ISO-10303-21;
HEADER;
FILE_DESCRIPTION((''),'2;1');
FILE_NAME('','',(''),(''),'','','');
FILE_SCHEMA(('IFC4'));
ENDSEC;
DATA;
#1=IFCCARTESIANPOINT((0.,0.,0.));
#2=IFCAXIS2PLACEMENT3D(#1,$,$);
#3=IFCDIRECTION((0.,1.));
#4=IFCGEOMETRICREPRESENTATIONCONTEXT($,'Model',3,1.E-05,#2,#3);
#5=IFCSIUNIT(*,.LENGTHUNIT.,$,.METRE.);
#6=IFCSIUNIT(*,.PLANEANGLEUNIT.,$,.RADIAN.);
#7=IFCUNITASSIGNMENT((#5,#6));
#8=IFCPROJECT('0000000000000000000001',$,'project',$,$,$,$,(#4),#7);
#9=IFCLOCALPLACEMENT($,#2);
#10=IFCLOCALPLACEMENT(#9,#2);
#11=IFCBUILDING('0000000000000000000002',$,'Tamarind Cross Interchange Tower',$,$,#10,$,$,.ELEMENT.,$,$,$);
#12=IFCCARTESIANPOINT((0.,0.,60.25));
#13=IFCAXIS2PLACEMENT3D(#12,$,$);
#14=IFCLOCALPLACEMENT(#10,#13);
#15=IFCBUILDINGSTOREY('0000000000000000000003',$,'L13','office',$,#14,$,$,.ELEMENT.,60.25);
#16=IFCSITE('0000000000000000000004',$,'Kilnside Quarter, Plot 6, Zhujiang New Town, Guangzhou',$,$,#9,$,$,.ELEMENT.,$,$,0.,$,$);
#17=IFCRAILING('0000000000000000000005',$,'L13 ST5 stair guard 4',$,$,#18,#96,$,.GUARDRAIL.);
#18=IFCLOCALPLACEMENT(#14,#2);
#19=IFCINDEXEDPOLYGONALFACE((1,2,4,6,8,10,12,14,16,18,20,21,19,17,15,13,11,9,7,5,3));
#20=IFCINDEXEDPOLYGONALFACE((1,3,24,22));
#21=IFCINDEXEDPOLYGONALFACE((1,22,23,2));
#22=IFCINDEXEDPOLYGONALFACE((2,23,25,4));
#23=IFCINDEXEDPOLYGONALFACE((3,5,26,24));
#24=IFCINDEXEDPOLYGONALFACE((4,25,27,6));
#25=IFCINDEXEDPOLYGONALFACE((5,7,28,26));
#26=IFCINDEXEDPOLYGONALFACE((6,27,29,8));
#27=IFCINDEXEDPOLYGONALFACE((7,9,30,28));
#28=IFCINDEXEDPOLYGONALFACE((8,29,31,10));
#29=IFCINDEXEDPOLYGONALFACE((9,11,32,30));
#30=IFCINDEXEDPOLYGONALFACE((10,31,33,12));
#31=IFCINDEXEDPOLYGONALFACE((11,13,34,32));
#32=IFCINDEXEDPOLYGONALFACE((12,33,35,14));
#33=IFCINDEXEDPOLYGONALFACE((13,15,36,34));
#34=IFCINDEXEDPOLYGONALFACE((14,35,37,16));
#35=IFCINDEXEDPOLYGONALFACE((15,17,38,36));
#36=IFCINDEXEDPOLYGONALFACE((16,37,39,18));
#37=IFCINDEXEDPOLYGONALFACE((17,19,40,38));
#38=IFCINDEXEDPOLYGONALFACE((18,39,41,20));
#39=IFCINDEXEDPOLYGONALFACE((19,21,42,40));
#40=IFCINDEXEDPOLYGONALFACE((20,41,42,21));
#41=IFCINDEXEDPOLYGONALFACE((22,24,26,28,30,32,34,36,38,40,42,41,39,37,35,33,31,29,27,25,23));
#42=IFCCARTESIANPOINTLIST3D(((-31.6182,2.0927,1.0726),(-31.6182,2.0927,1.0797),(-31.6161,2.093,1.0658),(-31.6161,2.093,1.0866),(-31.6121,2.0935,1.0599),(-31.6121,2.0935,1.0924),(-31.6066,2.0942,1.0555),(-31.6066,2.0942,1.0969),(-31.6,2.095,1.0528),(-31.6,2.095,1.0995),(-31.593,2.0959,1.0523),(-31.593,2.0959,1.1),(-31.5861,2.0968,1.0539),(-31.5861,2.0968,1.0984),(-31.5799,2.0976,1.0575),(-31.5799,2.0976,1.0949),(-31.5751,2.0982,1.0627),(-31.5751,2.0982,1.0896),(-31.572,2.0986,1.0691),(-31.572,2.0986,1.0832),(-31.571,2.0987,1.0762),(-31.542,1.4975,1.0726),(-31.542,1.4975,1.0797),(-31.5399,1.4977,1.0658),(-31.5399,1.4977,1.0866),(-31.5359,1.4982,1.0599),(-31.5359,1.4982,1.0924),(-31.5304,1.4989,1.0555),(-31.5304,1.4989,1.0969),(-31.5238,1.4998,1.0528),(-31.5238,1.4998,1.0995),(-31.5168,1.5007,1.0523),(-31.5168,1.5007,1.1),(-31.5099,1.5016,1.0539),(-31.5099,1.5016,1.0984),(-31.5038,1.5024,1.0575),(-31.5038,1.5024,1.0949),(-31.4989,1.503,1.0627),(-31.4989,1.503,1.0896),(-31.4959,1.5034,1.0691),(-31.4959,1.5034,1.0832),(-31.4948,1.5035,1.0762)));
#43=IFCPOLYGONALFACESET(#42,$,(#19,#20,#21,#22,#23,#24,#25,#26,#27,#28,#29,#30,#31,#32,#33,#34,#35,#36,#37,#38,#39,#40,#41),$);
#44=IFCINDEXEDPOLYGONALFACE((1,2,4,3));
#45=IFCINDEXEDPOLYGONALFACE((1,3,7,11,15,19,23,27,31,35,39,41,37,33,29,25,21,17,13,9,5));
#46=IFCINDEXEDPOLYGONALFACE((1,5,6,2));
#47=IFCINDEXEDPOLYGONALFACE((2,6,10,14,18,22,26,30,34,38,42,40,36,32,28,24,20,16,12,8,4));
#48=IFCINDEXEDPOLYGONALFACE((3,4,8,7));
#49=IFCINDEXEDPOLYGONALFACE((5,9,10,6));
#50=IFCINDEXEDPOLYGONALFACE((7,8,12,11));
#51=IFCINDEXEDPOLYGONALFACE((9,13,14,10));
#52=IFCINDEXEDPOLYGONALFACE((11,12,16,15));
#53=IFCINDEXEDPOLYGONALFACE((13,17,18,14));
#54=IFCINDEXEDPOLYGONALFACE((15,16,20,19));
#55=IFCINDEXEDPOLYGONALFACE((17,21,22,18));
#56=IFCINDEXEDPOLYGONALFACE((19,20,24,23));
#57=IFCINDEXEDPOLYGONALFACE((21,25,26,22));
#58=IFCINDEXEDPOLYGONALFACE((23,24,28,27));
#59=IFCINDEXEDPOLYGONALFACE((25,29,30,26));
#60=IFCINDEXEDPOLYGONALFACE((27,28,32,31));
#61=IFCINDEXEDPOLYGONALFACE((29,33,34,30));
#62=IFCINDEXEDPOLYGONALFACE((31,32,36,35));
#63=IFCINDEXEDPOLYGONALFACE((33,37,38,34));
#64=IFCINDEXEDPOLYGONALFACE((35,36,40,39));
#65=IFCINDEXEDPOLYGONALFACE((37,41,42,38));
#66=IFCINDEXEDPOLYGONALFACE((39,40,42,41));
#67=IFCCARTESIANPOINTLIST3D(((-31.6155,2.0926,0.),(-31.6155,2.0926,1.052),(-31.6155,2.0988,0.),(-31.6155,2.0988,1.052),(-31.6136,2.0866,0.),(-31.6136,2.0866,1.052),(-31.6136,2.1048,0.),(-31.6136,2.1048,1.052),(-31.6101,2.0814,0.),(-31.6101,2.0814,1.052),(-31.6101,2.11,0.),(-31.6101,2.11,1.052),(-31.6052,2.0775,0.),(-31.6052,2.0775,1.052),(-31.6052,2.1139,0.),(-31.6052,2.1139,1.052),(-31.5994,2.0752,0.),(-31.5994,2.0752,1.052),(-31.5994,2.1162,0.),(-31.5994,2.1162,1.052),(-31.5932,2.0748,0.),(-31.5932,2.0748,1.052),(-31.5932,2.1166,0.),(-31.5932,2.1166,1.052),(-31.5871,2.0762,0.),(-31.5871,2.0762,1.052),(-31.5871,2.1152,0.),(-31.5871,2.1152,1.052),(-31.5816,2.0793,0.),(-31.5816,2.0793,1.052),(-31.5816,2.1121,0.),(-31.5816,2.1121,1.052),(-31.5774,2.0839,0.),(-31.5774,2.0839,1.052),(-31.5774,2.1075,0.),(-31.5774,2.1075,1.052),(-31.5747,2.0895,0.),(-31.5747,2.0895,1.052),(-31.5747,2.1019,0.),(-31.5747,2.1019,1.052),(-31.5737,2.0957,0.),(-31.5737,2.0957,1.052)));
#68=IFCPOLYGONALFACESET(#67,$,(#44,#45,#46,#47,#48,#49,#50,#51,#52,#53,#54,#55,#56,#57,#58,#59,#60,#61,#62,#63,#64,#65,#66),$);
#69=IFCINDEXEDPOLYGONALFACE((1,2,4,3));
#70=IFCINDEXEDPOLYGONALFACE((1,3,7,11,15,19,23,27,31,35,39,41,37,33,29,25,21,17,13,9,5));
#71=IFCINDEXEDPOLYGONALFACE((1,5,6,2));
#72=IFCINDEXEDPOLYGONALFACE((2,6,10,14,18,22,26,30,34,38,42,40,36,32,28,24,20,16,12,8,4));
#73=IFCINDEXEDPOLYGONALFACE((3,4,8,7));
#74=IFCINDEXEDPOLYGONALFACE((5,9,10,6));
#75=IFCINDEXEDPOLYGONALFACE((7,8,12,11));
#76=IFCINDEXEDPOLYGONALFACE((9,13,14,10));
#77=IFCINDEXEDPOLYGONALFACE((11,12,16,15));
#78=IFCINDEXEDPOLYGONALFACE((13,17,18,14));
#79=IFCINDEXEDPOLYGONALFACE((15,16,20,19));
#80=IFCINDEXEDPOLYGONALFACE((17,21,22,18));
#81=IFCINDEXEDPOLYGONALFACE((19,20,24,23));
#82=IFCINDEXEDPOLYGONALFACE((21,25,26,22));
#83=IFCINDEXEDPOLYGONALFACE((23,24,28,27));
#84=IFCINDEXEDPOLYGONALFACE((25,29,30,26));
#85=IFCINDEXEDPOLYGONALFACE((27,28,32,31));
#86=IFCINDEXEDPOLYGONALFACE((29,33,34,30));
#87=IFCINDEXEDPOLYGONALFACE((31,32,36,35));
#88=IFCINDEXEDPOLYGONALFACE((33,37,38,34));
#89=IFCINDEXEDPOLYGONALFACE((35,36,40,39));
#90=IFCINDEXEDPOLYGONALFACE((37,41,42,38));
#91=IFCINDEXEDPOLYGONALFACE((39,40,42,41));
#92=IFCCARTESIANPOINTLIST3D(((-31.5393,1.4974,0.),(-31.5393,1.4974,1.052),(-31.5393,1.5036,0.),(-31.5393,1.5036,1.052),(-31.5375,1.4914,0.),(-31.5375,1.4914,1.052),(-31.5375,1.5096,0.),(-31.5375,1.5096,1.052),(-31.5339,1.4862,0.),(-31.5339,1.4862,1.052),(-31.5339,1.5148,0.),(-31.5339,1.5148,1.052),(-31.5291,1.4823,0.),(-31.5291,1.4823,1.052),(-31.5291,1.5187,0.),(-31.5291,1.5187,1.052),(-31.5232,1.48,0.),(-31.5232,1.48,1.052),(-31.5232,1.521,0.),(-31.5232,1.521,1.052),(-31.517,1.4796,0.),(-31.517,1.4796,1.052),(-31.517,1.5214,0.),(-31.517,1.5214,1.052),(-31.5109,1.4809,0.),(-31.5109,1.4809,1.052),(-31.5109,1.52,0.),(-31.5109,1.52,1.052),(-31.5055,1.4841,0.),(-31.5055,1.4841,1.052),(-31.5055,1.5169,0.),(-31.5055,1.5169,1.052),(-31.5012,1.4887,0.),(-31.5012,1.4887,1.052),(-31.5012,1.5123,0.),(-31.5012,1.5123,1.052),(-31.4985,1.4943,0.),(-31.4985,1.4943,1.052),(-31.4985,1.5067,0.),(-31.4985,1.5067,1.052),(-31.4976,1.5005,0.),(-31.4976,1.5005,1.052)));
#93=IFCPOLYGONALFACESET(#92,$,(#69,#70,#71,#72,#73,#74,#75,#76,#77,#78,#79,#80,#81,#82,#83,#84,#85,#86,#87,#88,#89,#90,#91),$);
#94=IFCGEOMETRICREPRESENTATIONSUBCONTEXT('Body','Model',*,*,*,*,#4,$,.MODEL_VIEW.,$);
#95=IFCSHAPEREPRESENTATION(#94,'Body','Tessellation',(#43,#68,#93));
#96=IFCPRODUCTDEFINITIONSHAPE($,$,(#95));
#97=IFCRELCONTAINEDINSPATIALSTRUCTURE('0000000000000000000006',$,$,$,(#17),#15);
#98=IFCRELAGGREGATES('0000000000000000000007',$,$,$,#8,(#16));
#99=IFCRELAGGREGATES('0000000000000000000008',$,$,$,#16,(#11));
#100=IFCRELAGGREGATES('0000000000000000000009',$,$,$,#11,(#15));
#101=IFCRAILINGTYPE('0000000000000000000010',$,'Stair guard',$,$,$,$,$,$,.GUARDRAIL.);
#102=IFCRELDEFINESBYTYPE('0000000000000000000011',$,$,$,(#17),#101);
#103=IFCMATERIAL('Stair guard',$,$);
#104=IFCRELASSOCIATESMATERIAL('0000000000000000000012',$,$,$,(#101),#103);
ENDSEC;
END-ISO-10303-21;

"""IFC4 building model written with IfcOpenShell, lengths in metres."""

from ifc_helpers import new_model, si_unit, direction, frame, origin, origin_2d, place, context, subcontext, project, spatial, circle, extrude, material, type_object, element, save


model = new_model("IFC4")

# Units and contexts
model_context = context("Model", 3, precision=1e-05, world=origin(), true_north=direction((0.0, 1.0)))
body_context = subcontext(model_context, "Body", "Model", "MODEL_VIEW")
ifc_project = project(units=[si_unit("LENGTHUNIT", "METRE"), si_unit("PLANEANGLEUNIT", "RADIAN")], contexts=[model_context])

# Site, building, storey
site_placement = place(None, origin())
site = spatial("IfcSite", under=ifc_project, at=site_placement, Name="Kilnside Quarter, Plot 6, Zhujiang New Town, Guangzhou", CompositionType="ELEMENT", RefElevation=0.0)
building_placement = place(site_placement, origin())
building = spatial("IfcBuilding", under=site, at=building_placement, Name="Tamarind Cross Interchange Tower", CompositionType="ELEMENT")
storey_placement = place(building_placement, frame((0.0, 0.0, 60.25)))
storey = spatial("IfcBuildingStorey", under=building, at=storey_placement, Name="L13", Description="office", CompositionType="ELEMENT", Elevation=60.25)

# Railing
ifc_material_1 = material(Name="Stair guard")
railing_type_1 = type_object("IfcRailingType", Name="Stair guard", PredefinedType="GUARDRAIL", material=ifc_material_1)
railing_1_placement = place(storey_placement, frame((-31.5947, 2.0957, 0.0)))
element("IfcRailing", 1, at=railing_1_placement, inside=storey, type_object=railing_type_1, Name="L13 ST5 stair guard 4", PredefinedType="GUARDRAIL", context=body_context, shape_type="SweptSolid", body=[
    extrude(circle(Radius=0.0239, at=origin_2d()), frame((0.0, 0.0, 1.0762), z_axis=(0.126939, -0.991911, 0.0), x_axis=(0.991911, 0.126939, 0.0)), (0.0, 0.0, 1.0), 0.6001),
    extrude(circle(Radius=0.021, at=origin_2d()), origin(), (0.0, 0.0, 1.0), 1.052),
    extrude(circle(Radius=0.021, at=origin_2d()), frame((0.0762, -0.5952, 0.0)), (0.0, 0.0, 1.0), 1.052),
])

save(model, "model.ifc")
